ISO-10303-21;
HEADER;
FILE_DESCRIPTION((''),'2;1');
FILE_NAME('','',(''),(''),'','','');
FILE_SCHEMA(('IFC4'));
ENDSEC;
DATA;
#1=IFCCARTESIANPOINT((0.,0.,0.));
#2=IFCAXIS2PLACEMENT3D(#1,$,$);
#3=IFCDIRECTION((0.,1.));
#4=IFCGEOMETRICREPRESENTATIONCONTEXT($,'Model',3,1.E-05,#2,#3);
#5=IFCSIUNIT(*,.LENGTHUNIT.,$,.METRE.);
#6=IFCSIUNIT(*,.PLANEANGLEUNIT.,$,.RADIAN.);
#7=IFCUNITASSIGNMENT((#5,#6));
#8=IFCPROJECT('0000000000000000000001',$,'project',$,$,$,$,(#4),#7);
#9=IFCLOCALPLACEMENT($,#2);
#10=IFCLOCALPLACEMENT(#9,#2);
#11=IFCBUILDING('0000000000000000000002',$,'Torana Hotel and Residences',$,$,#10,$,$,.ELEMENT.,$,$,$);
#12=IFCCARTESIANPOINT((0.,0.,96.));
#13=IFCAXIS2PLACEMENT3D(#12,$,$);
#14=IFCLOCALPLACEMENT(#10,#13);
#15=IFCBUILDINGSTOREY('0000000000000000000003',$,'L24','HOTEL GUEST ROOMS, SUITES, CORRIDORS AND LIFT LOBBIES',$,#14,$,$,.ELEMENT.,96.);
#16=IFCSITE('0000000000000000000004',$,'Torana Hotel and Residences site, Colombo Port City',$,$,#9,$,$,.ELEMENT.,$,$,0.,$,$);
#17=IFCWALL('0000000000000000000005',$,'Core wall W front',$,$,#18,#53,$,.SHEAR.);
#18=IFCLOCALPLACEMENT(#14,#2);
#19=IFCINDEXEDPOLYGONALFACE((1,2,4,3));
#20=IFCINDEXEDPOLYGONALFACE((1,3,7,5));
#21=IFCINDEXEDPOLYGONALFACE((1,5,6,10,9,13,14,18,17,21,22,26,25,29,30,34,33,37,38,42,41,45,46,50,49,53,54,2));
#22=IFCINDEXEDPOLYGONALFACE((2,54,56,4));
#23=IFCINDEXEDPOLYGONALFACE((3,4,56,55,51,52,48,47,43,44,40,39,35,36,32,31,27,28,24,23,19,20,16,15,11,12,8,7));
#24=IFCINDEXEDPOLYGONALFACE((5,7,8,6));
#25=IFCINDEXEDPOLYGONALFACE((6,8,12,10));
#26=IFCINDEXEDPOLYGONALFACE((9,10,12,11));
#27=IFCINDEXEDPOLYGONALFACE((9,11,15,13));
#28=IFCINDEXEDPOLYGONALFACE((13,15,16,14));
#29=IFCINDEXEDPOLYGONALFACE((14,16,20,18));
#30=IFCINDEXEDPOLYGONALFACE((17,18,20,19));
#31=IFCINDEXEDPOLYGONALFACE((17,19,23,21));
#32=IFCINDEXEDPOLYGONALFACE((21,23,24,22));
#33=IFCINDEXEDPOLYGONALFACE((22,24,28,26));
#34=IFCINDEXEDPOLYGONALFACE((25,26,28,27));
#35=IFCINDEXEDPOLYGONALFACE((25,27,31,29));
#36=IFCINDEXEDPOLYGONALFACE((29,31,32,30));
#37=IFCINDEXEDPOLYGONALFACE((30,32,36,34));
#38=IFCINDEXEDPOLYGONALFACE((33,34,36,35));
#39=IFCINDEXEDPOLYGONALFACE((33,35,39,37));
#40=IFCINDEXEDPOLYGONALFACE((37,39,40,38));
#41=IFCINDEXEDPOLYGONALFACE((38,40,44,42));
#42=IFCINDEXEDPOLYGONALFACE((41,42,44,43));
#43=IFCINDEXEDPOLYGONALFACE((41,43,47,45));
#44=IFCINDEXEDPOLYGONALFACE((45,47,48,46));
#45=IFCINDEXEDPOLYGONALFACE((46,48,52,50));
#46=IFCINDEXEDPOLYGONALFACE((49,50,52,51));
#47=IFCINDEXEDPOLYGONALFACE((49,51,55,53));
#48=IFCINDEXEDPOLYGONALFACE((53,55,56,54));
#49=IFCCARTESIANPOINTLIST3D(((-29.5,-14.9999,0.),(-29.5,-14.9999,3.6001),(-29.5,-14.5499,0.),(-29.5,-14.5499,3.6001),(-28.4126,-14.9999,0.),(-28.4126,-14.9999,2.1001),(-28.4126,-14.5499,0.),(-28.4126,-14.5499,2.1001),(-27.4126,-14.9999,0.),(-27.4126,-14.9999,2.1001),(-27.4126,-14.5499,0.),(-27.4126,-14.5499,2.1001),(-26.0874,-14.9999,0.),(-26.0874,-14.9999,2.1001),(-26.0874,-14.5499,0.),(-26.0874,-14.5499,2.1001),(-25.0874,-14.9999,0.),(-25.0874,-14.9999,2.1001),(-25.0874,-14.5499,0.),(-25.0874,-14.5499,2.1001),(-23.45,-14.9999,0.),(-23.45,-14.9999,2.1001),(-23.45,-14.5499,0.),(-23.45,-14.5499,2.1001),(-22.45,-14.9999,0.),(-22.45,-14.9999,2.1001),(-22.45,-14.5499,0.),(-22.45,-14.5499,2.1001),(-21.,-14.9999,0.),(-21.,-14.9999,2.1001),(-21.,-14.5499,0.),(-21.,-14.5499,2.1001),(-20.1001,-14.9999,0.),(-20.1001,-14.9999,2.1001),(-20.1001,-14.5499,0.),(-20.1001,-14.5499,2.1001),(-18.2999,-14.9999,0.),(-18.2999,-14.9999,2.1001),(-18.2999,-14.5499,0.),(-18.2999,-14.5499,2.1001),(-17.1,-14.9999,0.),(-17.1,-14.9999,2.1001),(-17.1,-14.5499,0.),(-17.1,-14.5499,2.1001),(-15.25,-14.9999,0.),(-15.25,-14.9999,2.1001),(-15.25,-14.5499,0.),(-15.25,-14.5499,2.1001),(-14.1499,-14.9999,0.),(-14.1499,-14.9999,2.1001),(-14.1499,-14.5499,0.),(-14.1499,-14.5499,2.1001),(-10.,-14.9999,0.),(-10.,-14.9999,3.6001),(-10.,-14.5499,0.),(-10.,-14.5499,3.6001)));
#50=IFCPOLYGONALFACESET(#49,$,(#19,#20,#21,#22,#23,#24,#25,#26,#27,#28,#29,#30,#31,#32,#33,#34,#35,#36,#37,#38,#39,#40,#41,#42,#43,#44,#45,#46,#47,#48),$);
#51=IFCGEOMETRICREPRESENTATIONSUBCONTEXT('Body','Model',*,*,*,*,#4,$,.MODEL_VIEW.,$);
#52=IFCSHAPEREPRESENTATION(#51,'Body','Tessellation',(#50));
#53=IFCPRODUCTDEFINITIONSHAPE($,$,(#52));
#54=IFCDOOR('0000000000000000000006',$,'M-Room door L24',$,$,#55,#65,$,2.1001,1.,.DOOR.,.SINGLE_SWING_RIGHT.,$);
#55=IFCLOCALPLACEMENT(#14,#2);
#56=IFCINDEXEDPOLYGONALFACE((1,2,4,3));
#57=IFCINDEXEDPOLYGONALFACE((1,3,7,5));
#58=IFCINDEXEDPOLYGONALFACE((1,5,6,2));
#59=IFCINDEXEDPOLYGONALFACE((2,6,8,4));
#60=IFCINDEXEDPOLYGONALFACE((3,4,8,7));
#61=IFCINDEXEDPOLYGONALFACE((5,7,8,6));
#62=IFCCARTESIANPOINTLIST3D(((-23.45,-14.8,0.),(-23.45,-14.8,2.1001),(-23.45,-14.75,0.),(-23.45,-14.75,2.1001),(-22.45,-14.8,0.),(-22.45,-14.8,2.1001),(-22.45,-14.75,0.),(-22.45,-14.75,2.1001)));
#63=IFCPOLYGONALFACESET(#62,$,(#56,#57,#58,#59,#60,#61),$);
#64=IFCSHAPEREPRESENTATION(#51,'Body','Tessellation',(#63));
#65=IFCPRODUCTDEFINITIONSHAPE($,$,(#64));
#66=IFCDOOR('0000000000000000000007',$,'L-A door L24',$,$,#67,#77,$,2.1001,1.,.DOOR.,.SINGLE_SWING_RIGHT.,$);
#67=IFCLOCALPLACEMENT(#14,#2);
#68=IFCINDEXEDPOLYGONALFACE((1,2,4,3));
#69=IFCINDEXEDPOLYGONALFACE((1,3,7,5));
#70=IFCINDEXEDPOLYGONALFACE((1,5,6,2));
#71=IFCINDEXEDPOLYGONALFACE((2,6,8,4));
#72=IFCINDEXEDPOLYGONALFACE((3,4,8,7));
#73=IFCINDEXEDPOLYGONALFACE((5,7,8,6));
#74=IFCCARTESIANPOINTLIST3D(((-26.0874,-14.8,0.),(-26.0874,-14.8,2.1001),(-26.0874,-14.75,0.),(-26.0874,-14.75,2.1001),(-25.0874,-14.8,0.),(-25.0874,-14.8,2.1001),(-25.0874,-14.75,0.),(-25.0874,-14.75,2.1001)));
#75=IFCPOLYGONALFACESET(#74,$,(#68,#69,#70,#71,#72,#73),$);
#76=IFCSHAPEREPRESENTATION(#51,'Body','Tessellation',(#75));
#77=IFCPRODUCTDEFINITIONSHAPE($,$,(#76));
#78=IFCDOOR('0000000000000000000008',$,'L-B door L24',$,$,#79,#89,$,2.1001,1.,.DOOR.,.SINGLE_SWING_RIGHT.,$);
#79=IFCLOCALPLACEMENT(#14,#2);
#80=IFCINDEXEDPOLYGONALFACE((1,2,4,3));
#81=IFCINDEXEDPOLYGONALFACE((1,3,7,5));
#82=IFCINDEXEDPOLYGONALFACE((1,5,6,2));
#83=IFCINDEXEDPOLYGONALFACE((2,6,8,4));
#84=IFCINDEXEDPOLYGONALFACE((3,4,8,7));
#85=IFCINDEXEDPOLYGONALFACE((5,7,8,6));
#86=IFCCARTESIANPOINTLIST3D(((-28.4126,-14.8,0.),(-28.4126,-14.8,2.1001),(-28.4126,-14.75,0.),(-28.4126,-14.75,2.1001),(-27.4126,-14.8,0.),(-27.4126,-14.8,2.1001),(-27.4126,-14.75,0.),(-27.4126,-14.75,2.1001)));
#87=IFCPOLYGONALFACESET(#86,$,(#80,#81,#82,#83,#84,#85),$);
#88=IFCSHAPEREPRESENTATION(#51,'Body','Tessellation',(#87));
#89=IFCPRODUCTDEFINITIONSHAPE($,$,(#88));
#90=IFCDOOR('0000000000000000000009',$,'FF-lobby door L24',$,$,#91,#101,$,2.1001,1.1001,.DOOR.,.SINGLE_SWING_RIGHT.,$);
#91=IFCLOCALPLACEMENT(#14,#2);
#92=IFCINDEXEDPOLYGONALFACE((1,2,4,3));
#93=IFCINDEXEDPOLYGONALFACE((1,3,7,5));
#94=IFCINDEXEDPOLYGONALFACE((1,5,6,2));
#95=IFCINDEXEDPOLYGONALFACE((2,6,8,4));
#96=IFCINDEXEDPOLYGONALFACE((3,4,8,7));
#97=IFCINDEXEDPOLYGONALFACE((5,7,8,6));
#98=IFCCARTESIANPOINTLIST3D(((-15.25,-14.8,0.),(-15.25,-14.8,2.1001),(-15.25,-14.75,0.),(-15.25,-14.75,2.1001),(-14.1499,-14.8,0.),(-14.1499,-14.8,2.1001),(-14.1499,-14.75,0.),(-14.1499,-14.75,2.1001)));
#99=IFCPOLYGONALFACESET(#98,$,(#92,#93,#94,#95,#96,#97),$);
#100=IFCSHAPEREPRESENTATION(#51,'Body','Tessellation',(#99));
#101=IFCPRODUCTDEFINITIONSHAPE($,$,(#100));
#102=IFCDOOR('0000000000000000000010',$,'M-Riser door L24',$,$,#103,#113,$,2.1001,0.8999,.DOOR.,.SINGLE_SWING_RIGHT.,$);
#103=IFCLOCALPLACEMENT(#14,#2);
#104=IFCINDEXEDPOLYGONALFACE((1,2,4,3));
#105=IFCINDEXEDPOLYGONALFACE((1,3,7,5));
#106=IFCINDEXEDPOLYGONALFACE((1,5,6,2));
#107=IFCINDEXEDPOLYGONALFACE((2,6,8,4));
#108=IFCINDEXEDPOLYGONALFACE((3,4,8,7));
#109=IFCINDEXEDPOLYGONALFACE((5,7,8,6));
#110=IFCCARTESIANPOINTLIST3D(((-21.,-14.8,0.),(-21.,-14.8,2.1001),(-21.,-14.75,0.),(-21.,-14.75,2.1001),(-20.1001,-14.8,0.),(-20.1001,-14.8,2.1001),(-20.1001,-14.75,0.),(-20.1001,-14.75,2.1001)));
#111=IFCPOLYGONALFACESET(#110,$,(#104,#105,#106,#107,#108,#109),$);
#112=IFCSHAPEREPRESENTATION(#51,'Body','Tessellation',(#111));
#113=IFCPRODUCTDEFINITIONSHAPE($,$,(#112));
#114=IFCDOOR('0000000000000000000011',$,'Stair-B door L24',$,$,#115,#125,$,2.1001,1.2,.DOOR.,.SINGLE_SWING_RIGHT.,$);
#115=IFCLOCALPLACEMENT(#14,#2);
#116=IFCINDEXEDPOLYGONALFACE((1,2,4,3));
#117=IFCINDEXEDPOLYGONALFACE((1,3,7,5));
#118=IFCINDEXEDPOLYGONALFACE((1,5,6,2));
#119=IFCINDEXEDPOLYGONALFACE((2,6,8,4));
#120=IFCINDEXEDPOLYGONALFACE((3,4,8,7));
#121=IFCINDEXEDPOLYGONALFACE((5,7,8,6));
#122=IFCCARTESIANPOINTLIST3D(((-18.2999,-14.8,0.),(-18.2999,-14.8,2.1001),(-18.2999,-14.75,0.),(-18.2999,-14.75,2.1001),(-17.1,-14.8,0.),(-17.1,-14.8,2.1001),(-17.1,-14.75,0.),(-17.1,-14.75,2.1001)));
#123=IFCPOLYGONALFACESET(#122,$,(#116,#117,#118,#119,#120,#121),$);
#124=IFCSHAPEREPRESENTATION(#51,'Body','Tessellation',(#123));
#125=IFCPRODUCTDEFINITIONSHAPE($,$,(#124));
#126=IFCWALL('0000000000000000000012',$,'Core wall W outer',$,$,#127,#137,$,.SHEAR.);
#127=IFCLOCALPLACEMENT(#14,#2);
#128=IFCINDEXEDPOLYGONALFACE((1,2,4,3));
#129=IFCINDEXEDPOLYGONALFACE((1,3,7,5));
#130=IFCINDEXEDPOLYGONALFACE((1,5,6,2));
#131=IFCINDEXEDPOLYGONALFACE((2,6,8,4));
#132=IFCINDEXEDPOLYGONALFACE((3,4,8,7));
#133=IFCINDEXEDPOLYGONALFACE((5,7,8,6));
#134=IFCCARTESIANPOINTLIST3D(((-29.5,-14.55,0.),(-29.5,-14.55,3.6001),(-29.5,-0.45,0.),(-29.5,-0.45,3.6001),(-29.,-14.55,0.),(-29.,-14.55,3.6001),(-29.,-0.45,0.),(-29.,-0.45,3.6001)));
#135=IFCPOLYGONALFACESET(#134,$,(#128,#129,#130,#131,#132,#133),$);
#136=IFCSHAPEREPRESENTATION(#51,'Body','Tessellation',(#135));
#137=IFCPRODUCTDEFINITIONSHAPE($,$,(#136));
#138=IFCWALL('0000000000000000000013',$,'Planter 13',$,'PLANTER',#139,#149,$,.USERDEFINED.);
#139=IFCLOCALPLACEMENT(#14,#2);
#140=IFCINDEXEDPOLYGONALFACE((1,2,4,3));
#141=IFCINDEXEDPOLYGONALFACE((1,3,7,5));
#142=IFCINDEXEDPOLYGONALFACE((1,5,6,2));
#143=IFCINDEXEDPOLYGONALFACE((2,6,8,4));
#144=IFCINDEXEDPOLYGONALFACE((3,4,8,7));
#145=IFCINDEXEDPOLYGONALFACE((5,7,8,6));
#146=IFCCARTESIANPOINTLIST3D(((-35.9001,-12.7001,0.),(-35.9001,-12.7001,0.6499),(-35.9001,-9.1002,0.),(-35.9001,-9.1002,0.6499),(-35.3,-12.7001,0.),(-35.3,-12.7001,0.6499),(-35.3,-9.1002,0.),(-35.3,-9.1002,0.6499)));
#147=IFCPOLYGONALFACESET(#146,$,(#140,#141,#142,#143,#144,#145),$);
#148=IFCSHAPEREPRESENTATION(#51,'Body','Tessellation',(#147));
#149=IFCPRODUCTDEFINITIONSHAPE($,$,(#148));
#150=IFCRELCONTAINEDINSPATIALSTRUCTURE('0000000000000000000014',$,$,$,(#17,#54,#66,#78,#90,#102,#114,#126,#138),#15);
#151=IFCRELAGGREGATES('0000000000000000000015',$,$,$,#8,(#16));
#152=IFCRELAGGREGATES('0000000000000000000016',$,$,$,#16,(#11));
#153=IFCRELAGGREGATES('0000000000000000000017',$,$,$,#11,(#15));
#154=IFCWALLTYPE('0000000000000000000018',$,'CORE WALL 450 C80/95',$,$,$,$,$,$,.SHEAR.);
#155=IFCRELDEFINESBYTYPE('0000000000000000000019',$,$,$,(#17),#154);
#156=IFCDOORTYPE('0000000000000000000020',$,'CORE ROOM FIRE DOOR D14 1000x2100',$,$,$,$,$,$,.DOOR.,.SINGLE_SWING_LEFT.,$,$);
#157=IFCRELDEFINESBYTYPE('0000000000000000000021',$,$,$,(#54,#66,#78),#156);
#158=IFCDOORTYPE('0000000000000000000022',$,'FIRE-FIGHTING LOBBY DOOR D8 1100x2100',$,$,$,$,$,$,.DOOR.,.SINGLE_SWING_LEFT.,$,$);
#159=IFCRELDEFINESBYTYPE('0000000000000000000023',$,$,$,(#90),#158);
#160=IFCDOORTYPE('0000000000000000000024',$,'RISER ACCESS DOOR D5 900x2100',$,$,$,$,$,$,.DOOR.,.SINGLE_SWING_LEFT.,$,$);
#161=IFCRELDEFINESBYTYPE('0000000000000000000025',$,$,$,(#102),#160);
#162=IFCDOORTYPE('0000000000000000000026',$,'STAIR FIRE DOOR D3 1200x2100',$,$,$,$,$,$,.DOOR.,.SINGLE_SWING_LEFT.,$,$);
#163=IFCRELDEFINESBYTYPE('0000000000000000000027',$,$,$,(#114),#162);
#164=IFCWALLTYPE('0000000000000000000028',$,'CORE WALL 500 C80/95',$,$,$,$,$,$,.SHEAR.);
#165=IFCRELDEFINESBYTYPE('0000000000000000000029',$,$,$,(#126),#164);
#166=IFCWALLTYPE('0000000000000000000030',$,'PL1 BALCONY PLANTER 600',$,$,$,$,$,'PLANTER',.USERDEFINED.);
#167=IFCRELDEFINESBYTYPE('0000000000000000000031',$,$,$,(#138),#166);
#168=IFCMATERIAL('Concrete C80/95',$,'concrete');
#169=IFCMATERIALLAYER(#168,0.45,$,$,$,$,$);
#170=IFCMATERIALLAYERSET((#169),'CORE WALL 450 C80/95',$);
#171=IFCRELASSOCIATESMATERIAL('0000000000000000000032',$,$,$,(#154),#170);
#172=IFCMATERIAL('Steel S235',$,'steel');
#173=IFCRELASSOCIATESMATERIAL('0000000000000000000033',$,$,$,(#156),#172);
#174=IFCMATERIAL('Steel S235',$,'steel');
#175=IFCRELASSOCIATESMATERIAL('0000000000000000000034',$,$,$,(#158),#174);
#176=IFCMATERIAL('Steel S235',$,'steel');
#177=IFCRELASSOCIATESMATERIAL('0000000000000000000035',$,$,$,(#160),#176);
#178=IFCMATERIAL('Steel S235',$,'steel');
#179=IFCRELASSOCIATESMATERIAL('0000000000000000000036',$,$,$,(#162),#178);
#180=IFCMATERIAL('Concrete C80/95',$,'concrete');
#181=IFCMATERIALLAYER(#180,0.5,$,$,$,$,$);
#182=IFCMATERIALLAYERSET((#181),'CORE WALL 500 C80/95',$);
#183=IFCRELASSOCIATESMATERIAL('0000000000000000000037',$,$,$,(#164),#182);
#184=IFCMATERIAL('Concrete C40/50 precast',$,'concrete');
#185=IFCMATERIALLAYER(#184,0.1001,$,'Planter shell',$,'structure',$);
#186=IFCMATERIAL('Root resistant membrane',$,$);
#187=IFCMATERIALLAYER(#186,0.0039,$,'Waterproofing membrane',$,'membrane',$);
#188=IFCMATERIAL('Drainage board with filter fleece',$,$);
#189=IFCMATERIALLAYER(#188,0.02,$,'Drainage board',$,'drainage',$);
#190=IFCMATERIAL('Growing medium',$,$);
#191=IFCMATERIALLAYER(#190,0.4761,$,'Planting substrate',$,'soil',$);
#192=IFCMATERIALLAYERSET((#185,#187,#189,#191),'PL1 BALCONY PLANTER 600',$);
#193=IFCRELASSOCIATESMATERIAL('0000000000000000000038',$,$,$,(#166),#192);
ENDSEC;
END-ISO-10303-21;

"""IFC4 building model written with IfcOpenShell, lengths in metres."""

from ifc_helpers import new_model, si_unit, direction, frame, frame_2d, origin, place, context, subcontext, project, spatial, rectangle, extrude, material, layer, layer_set, type_object, element, fill, save


model = new_model("IFC4")

# Units and contexts
model_context = context("Model", 3, precision=1e-05, world=origin(), true_north=direction((0.0, 1.0)))
body_context = subcontext(model_context, "Body", "Model", "MODEL_VIEW")
ifc_project = project(units=[si_unit("LENGTHUNIT", "METRE"), si_unit("PLANEANGLEUNIT", "RADIAN")], contexts=[model_context])

# Site, building, storey
site_placement = place(None, origin())
site = spatial("IfcSite", under=ifc_project, at=site_placement, Name="Torana Hotel and Residences site, Colombo Port City", CompositionType="ELEMENT", RefElevation=0.0)
building_placement = place(site_placement, origin())
building = spatial("IfcBuilding", under=site, at=building_placement, Name="Torana Hotel and Residences", CompositionType="ELEMENT")
storey_placement = place(building_placement, frame((0.0, 0.0, 96.0)))
storey = spatial("IfcBuildingStorey", under=building, at=storey_placement, Name="L24", Description="HOTEL GUEST ROOMS, SUITES, CORRIDORS AND LIFT LOBBIES", CompositionType="ELEMENT", Elevation=96.0)

# Wall, openings, doors
ifc_material_1 = material(Name="Concrete C80/95", Category="concrete")
ifc_layer_1 = layer(ifc_material_1, 0.45)
ifc_layer_set_1 = layer_set([ifc_layer_1], Name="CORE WALL 450 C80/95")
wall_type_1 = type_object("IfcWallType", Name="CORE WALL 450 C80/95", PredefinedType="SHEAR", material=ifc_layer_set_1)
wall_1_placement = place(storey_placement, frame((-29.5, -14.7749, 0.0), z_axis=(0.0, 0.0, 1.0), x_axis=(1.0, 0.0, 0.0)))
wall_1 = element("IfcWall", 1, at=wall_1_placement, inside=storey, type_object=wall_type_1, Name="Core wall W front", PredefinedType="SHEAR", context=body_context, shape_type="SweptSolid", body=[
    extrude(rectangle(XDim=19.5, YDim=0.45, at=frame_2d((9.75, 0.0))), origin(), (0.0, 0.0, 1.0), 3.6001),
])
opening_1_placement = place(wall_1_placement, frame((11.2, 0.0, 0.0)))
opening_1 = element("IfcOpeningElement", 2, at=opening_1_placement, cuts=wall_1, PredefinedType="OPENING", context=body_context, shape_type="SweptSolid", body=[
    extrude(rectangle(XDim=1.2, YDim=2.1001, at=frame_2d((0.6001, 1.05))), frame((0.0, 0.2349, 0.0), z_axis=(0.0, -1.0, 0.0), x_axis=(1.0, 0.0, 0.0)), (0.0, 0.0, 1.0), 0.47),
])
opening_2_placement = place(wall_1_placement, frame((14.25, 0.0, 0.0)))
opening_2 = element("IfcOpeningElement", 3, at=opening_2_placement, cuts=wall_1, PredefinedType="OPENING", context=body_context, shape_type="SweptSolid", body=[
    extrude(rectangle(XDim=1.1001, YDim=2.1001, at=frame_2d((0.55, 1.05))), frame((0.0, 0.2349, 0.0), z_axis=(0.0, -1.0, 0.0), x_axis=(1.0, 0.0, 0.0)), (0.0, 0.0, 1.0), 0.47),
])
opening_3_placement = place(wall_1_placement, frame((8.5, 0.0, 0.0)))
opening_3 = element("IfcOpeningElement", 4, at=opening_3_placement, cuts=wall_1, PredefinedType="OPENING", context=body_context, shape_type="SweptSolid", body=[
    extrude(rectangle(XDim=0.8999, YDim=2.1001, at=frame_2d((0.45, 1.05))), frame((0.0, 0.2349, 0.0), z_axis=(0.0, -1.0, 0.0), x_axis=(1.0, 0.0, 0.0)), (0.0, 0.0, 1.0), 0.47),
])
opening_4_placement = place(wall_1_placement, frame((6.05, 0.0, 0.0)))
opening_4 = element("IfcOpeningElement", 5, at=opening_4_placement, cuts=wall_1, PredefinedType="OPENING", context=body_context, shape_type="SweptSolid", body=[
    extrude(rectangle(XDim=1.0, YDim=2.1001, at=frame_2d((0.5, 1.05))), frame((0.0, 0.2349, 0.0), z_axis=(0.0, -1.0, 0.0), x_axis=(1.0, 0.0, 0.0)), (0.0, 0.0, 1.0), 0.47),
])
opening_5_placement = place(wall_1_placement, frame((3.4126, 0.0, 0.0)))
opening_5 = element("IfcOpeningElement", 6, at=opening_5_placement, cuts=wall_1, PredefinedType="OPENING", context=body_context, shape_type="SweptSolid", body=[
    extrude(rectangle(XDim=1.0, YDim=2.1001, at=frame_2d((0.5, 1.05))), frame((0.0, 0.2349, 0.0), z_axis=(0.0, -1.0, 0.0), x_axis=(1.0, 0.0, 0.0)), (0.0, 0.0, 1.0), 0.47),
])
opening_6_placement = place(wall_1_placement, frame((1.0874, 0.0, 0.0)))
opening_6 = element("IfcOpeningElement", 7, at=opening_6_placement, cuts=wall_1, PredefinedType="OPENING", context=body_context, shape_type="SweptSolid", body=[
    extrude(rectangle(XDim=1.0, YDim=2.1001, at=frame_2d((0.5, 1.05))), frame((0.0, 0.2349, 0.0), z_axis=(0.0, -1.0, 0.0), x_axis=(1.0, 0.0, 0.0)), (0.0, 0.0, 1.0), 0.47),
])
ifc_material_2 = material(Name="Steel S235", Category="steel")
door_type_1 = type_object("IfcDoorType", Name="CORE ROOM FIRE DOOR D14 1000x2100", OperationType="SINGLE_SWING_LEFT", PredefinedType="DOOR", material=ifc_material_2)
door_1_placement = place(opening_4_placement, origin())
door_1 = element("IfcDoor", 8, at=door_1_placement, inside=storey, type_object=door_type_1, Name="M-Room door L24", OperationType="SINGLE_SWING_RIGHT", OverallHeight=2.1001, OverallWidth=1.0, PredefinedType="DOOR", context=body_context, shape_type="SweptSolid", body=[
    extrude(rectangle(XDim=1.0, YDim=2.1001, at=frame_2d((0.5, 1.05))), frame((0.0, 0.0249, 0.0), z_axis=(0.0, -1.0, 0.0), x_axis=(1.0, 0.0, 0.0)), (0.0, 0.0, 1.0), 0.05),
])
fill(opening_4, door_1)
door_2_placement = place(opening_5_placement, origin())
door_2 = element("IfcDoor", 9, at=door_2_placement, inside=storey, type_object=door_type_1, Name="L-A door L24", OperationType="SINGLE_SWING_RIGHT", OverallHeight=2.1001, OverallWidth=1.0, PredefinedType="DOOR", context=body_context, shape_type="SweptSolid", body=[
    extrude(rectangle(XDim=1.0, YDim=2.1001, at=frame_2d((0.5, 1.05))), frame((0.0, 0.0249, 0.0), z_axis=(0.0, -1.0, 0.0), x_axis=(1.0, 0.0, 0.0)), (0.0, 0.0, 1.0), 0.05),
])
fill(opening_5, door_2)
door_3_placement = place(opening_6_placement, origin())
door_3 = element("IfcDoor", 10, at=door_3_placement, inside=storey, type_object=door_type_1, Name="L-B door L24", OperationType="SINGLE_SWING_RIGHT", OverallHeight=2.1001, OverallWidth=1.0, PredefinedType="DOOR", context=body_context, shape_type="SweptSolid", body=[
    extrude(rectangle(XDim=1.0, YDim=2.1001, at=frame_2d((0.5, 1.05))), frame((0.0, 0.0249, 0.0), z_axis=(0.0, -1.0, 0.0), x_axis=(1.0, 0.0, 0.0)), (0.0, 0.0, 1.0), 0.05),
])
fill(opening_6, door_3)
ifc_material_3 = material(Name="Steel S235", Category="steel")
door_type_2 = type_object("IfcDoorType", Name="FIRE-FIGHTING LOBBY DOOR D8 1100x2100", OperationType="SINGLE_SWING_LEFT", PredefinedType="DOOR", material=ifc_material_3)
door_4_placement = place(opening_2_placement, origin())
door_4 = element("IfcDoor", 11, at=door_4_placement, inside=storey, type_object=door_type_2, Name="FF-lobby door L24", OperationType="SINGLE_SWING_RIGHT", OverallHeight=2.1001, OverallWidth=1.1001, PredefinedType="DOOR", context=body_context, shape_type="SweptSolid", body=[
    extrude(rectangle(XDim=1.1001, YDim=2.1001, at=frame_2d((0.55, 1.05))), frame((0.0, 0.0249, 0.0), z_axis=(0.0, -1.0, 0.0), x_axis=(1.0, 0.0, 0.0)), (0.0, 0.0, 1.0), 0.05),
])
fill(opening_2, door_4)
ifc_material_4 = material(Name="Steel S235", Category="steel")
door_type_3 = type_object("IfcDoorType", Name="RISER ACCESS DOOR D5 900x2100", OperationType="SINGLE_SWING_LEFT", PredefinedType="DOOR", material=ifc_material_4)
door_5_placement = place(opening_3_placement, origin())
door_5 = element("IfcDoor", 12, at=door_5_placement, inside=storey, type_object=door_type_3, Name="M-Riser door L24", OperationType="SINGLE_SWING_RIGHT", OverallHeight=2.1001, OverallWidth=0.8999, PredefinedType="DOOR", context=body_context, shape_type="SweptSolid", body=[
    extrude(rectangle(XDim=0.8999, YDim=2.1001, at=frame_2d((0.45, 1.05))), frame((0.0, 0.0249, 0.0), z_axis=(0.0, -1.0, 0.0), x_axis=(1.0, 0.0, 0.0)), (0.0, 0.0, 1.0), 0.05),
])
fill(opening_3, door_5)
ifc_material_5 = material(Name="Steel S235", Category="steel")
door_type_4 = type_object("IfcDoorType", Name="STAIR FIRE DOOR D3 1200x2100", OperationType="SINGLE_SWING_LEFT", PredefinedType="DOOR", material=ifc_material_5)
door_6_placement = place(opening_1_placement, origin())
door_6 = element("IfcDoor", 13, at=door_6_placement, inside=storey, type_object=door_type_4, Name="Stair-B door L24", OperationType="SINGLE_SWING_RIGHT", OverallHeight=2.1001, OverallWidth=1.2, PredefinedType="DOOR", context=body_context, shape_type="SweptSolid", body=[
    extrude(rectangle(XDim=1.2, YDim=2.1001, at=frame_2d((0.6001, 1.05))), frame((0.0, 0.0249, 0.0), z_axis=(0.0, -1.0, 0.0), x_axis=(1.0, 0.0, 0.0)), (0.0, 0.0, 1.0), 0.05),
])
fill(opening_1, door_6)

# Walls
ifc_material_6 = material(Name="Concrete C80/95", Category="concrete")
ifc_layer_2 = layer(ifc_material_6, 0.5)
ifc_layer_set_2 = layer_set([ifc_layer_2], Name="CORE WALL 500 C80/95")
wall_type_2 = type_object("IfcWallType", Name="CORE WALL 500 C80/95", PredefinedType="SHEAR", material=ifc_layer_set_2)
wall_2_placement = place(storey_placement, frame((-29.25, -14.55, 0.0), z_axis=(0.0, 0.0, 1.0), x_axis=(0.0, 1.0, 0.0)))
element("IfcWall", 14, at=wall_2_placement, inside=storey, type_object=wall_type_2, Name="Core wall W outer", PredefinedType="SHEAR", context=body_context, shape_type="SweptSolid", body=[
    extrude(rectangle(XDim=14.1001, YDim=0.5, at=frame_2d((7.05, 0.0))), origin(), (0.0, 0.0, 1.0), 3.6001),
])
ifc_material_7 = material(Name="Concrete C40/50 precast", Category="concrete")
ifc_layer_3 = layer(ifc_material_7, 0.1001, Name="Planter shell", Category="structure")
ifc_material_8 = material(Name="Root resistant membrane")
ifc_layer_4 = layer(ifc_material_8, 0.0039, Name="Waterproofing membrane", Category="membrane")
ifc_material_9 = material(Name="Drainage board with filter fleece")
ifc_layer_5 = layer(ifc_material_9, 0.02, Name="Drainage board", Category="drainage")
ifc_material_10 = material(Name="Growing medium")
ifc_layer_6 = layer(ifc_material_10, 0.4761, Name="Planting substrate", Category="soil")
ifc_layer_set_3 = layer_set([ifc_layer_3, ifc_layer_4, ifc_layer_5, ifc_layer_6], Name="PL1 BALCONY PLANTER 600")
wall_type_3 = type_object("IfcWallType", Name="PL1 BALCONY PLANTER 600", ElementType="PLANTER", PredefinedType="USERDEFINED", material=ifc_layer_set_3)
wall_3_placement = place(storey_placement, frame((-35.6001, -12.7, 0.0), z_axis=(0.0, 0.0, 1.0), x_axis=(0.0, 1.0, 0.0)))
element("IfcWall", 15, at=wall_3_placement, inside=storey, type_object=wall_type_3, Name="Planter 13", ObjectType="PLANTER", PredefinedType="USERDEFINED", context=body_context, shape_type="SweptSolid", body=[
    extrude(rectangle(XDim=3.5999, YDim=0.6001, at=frame_2d((1.7998, 0.0))), origin(), (0.0, 0.0, 1.0), 0.6499),
])

save(model, "model.ifc")
